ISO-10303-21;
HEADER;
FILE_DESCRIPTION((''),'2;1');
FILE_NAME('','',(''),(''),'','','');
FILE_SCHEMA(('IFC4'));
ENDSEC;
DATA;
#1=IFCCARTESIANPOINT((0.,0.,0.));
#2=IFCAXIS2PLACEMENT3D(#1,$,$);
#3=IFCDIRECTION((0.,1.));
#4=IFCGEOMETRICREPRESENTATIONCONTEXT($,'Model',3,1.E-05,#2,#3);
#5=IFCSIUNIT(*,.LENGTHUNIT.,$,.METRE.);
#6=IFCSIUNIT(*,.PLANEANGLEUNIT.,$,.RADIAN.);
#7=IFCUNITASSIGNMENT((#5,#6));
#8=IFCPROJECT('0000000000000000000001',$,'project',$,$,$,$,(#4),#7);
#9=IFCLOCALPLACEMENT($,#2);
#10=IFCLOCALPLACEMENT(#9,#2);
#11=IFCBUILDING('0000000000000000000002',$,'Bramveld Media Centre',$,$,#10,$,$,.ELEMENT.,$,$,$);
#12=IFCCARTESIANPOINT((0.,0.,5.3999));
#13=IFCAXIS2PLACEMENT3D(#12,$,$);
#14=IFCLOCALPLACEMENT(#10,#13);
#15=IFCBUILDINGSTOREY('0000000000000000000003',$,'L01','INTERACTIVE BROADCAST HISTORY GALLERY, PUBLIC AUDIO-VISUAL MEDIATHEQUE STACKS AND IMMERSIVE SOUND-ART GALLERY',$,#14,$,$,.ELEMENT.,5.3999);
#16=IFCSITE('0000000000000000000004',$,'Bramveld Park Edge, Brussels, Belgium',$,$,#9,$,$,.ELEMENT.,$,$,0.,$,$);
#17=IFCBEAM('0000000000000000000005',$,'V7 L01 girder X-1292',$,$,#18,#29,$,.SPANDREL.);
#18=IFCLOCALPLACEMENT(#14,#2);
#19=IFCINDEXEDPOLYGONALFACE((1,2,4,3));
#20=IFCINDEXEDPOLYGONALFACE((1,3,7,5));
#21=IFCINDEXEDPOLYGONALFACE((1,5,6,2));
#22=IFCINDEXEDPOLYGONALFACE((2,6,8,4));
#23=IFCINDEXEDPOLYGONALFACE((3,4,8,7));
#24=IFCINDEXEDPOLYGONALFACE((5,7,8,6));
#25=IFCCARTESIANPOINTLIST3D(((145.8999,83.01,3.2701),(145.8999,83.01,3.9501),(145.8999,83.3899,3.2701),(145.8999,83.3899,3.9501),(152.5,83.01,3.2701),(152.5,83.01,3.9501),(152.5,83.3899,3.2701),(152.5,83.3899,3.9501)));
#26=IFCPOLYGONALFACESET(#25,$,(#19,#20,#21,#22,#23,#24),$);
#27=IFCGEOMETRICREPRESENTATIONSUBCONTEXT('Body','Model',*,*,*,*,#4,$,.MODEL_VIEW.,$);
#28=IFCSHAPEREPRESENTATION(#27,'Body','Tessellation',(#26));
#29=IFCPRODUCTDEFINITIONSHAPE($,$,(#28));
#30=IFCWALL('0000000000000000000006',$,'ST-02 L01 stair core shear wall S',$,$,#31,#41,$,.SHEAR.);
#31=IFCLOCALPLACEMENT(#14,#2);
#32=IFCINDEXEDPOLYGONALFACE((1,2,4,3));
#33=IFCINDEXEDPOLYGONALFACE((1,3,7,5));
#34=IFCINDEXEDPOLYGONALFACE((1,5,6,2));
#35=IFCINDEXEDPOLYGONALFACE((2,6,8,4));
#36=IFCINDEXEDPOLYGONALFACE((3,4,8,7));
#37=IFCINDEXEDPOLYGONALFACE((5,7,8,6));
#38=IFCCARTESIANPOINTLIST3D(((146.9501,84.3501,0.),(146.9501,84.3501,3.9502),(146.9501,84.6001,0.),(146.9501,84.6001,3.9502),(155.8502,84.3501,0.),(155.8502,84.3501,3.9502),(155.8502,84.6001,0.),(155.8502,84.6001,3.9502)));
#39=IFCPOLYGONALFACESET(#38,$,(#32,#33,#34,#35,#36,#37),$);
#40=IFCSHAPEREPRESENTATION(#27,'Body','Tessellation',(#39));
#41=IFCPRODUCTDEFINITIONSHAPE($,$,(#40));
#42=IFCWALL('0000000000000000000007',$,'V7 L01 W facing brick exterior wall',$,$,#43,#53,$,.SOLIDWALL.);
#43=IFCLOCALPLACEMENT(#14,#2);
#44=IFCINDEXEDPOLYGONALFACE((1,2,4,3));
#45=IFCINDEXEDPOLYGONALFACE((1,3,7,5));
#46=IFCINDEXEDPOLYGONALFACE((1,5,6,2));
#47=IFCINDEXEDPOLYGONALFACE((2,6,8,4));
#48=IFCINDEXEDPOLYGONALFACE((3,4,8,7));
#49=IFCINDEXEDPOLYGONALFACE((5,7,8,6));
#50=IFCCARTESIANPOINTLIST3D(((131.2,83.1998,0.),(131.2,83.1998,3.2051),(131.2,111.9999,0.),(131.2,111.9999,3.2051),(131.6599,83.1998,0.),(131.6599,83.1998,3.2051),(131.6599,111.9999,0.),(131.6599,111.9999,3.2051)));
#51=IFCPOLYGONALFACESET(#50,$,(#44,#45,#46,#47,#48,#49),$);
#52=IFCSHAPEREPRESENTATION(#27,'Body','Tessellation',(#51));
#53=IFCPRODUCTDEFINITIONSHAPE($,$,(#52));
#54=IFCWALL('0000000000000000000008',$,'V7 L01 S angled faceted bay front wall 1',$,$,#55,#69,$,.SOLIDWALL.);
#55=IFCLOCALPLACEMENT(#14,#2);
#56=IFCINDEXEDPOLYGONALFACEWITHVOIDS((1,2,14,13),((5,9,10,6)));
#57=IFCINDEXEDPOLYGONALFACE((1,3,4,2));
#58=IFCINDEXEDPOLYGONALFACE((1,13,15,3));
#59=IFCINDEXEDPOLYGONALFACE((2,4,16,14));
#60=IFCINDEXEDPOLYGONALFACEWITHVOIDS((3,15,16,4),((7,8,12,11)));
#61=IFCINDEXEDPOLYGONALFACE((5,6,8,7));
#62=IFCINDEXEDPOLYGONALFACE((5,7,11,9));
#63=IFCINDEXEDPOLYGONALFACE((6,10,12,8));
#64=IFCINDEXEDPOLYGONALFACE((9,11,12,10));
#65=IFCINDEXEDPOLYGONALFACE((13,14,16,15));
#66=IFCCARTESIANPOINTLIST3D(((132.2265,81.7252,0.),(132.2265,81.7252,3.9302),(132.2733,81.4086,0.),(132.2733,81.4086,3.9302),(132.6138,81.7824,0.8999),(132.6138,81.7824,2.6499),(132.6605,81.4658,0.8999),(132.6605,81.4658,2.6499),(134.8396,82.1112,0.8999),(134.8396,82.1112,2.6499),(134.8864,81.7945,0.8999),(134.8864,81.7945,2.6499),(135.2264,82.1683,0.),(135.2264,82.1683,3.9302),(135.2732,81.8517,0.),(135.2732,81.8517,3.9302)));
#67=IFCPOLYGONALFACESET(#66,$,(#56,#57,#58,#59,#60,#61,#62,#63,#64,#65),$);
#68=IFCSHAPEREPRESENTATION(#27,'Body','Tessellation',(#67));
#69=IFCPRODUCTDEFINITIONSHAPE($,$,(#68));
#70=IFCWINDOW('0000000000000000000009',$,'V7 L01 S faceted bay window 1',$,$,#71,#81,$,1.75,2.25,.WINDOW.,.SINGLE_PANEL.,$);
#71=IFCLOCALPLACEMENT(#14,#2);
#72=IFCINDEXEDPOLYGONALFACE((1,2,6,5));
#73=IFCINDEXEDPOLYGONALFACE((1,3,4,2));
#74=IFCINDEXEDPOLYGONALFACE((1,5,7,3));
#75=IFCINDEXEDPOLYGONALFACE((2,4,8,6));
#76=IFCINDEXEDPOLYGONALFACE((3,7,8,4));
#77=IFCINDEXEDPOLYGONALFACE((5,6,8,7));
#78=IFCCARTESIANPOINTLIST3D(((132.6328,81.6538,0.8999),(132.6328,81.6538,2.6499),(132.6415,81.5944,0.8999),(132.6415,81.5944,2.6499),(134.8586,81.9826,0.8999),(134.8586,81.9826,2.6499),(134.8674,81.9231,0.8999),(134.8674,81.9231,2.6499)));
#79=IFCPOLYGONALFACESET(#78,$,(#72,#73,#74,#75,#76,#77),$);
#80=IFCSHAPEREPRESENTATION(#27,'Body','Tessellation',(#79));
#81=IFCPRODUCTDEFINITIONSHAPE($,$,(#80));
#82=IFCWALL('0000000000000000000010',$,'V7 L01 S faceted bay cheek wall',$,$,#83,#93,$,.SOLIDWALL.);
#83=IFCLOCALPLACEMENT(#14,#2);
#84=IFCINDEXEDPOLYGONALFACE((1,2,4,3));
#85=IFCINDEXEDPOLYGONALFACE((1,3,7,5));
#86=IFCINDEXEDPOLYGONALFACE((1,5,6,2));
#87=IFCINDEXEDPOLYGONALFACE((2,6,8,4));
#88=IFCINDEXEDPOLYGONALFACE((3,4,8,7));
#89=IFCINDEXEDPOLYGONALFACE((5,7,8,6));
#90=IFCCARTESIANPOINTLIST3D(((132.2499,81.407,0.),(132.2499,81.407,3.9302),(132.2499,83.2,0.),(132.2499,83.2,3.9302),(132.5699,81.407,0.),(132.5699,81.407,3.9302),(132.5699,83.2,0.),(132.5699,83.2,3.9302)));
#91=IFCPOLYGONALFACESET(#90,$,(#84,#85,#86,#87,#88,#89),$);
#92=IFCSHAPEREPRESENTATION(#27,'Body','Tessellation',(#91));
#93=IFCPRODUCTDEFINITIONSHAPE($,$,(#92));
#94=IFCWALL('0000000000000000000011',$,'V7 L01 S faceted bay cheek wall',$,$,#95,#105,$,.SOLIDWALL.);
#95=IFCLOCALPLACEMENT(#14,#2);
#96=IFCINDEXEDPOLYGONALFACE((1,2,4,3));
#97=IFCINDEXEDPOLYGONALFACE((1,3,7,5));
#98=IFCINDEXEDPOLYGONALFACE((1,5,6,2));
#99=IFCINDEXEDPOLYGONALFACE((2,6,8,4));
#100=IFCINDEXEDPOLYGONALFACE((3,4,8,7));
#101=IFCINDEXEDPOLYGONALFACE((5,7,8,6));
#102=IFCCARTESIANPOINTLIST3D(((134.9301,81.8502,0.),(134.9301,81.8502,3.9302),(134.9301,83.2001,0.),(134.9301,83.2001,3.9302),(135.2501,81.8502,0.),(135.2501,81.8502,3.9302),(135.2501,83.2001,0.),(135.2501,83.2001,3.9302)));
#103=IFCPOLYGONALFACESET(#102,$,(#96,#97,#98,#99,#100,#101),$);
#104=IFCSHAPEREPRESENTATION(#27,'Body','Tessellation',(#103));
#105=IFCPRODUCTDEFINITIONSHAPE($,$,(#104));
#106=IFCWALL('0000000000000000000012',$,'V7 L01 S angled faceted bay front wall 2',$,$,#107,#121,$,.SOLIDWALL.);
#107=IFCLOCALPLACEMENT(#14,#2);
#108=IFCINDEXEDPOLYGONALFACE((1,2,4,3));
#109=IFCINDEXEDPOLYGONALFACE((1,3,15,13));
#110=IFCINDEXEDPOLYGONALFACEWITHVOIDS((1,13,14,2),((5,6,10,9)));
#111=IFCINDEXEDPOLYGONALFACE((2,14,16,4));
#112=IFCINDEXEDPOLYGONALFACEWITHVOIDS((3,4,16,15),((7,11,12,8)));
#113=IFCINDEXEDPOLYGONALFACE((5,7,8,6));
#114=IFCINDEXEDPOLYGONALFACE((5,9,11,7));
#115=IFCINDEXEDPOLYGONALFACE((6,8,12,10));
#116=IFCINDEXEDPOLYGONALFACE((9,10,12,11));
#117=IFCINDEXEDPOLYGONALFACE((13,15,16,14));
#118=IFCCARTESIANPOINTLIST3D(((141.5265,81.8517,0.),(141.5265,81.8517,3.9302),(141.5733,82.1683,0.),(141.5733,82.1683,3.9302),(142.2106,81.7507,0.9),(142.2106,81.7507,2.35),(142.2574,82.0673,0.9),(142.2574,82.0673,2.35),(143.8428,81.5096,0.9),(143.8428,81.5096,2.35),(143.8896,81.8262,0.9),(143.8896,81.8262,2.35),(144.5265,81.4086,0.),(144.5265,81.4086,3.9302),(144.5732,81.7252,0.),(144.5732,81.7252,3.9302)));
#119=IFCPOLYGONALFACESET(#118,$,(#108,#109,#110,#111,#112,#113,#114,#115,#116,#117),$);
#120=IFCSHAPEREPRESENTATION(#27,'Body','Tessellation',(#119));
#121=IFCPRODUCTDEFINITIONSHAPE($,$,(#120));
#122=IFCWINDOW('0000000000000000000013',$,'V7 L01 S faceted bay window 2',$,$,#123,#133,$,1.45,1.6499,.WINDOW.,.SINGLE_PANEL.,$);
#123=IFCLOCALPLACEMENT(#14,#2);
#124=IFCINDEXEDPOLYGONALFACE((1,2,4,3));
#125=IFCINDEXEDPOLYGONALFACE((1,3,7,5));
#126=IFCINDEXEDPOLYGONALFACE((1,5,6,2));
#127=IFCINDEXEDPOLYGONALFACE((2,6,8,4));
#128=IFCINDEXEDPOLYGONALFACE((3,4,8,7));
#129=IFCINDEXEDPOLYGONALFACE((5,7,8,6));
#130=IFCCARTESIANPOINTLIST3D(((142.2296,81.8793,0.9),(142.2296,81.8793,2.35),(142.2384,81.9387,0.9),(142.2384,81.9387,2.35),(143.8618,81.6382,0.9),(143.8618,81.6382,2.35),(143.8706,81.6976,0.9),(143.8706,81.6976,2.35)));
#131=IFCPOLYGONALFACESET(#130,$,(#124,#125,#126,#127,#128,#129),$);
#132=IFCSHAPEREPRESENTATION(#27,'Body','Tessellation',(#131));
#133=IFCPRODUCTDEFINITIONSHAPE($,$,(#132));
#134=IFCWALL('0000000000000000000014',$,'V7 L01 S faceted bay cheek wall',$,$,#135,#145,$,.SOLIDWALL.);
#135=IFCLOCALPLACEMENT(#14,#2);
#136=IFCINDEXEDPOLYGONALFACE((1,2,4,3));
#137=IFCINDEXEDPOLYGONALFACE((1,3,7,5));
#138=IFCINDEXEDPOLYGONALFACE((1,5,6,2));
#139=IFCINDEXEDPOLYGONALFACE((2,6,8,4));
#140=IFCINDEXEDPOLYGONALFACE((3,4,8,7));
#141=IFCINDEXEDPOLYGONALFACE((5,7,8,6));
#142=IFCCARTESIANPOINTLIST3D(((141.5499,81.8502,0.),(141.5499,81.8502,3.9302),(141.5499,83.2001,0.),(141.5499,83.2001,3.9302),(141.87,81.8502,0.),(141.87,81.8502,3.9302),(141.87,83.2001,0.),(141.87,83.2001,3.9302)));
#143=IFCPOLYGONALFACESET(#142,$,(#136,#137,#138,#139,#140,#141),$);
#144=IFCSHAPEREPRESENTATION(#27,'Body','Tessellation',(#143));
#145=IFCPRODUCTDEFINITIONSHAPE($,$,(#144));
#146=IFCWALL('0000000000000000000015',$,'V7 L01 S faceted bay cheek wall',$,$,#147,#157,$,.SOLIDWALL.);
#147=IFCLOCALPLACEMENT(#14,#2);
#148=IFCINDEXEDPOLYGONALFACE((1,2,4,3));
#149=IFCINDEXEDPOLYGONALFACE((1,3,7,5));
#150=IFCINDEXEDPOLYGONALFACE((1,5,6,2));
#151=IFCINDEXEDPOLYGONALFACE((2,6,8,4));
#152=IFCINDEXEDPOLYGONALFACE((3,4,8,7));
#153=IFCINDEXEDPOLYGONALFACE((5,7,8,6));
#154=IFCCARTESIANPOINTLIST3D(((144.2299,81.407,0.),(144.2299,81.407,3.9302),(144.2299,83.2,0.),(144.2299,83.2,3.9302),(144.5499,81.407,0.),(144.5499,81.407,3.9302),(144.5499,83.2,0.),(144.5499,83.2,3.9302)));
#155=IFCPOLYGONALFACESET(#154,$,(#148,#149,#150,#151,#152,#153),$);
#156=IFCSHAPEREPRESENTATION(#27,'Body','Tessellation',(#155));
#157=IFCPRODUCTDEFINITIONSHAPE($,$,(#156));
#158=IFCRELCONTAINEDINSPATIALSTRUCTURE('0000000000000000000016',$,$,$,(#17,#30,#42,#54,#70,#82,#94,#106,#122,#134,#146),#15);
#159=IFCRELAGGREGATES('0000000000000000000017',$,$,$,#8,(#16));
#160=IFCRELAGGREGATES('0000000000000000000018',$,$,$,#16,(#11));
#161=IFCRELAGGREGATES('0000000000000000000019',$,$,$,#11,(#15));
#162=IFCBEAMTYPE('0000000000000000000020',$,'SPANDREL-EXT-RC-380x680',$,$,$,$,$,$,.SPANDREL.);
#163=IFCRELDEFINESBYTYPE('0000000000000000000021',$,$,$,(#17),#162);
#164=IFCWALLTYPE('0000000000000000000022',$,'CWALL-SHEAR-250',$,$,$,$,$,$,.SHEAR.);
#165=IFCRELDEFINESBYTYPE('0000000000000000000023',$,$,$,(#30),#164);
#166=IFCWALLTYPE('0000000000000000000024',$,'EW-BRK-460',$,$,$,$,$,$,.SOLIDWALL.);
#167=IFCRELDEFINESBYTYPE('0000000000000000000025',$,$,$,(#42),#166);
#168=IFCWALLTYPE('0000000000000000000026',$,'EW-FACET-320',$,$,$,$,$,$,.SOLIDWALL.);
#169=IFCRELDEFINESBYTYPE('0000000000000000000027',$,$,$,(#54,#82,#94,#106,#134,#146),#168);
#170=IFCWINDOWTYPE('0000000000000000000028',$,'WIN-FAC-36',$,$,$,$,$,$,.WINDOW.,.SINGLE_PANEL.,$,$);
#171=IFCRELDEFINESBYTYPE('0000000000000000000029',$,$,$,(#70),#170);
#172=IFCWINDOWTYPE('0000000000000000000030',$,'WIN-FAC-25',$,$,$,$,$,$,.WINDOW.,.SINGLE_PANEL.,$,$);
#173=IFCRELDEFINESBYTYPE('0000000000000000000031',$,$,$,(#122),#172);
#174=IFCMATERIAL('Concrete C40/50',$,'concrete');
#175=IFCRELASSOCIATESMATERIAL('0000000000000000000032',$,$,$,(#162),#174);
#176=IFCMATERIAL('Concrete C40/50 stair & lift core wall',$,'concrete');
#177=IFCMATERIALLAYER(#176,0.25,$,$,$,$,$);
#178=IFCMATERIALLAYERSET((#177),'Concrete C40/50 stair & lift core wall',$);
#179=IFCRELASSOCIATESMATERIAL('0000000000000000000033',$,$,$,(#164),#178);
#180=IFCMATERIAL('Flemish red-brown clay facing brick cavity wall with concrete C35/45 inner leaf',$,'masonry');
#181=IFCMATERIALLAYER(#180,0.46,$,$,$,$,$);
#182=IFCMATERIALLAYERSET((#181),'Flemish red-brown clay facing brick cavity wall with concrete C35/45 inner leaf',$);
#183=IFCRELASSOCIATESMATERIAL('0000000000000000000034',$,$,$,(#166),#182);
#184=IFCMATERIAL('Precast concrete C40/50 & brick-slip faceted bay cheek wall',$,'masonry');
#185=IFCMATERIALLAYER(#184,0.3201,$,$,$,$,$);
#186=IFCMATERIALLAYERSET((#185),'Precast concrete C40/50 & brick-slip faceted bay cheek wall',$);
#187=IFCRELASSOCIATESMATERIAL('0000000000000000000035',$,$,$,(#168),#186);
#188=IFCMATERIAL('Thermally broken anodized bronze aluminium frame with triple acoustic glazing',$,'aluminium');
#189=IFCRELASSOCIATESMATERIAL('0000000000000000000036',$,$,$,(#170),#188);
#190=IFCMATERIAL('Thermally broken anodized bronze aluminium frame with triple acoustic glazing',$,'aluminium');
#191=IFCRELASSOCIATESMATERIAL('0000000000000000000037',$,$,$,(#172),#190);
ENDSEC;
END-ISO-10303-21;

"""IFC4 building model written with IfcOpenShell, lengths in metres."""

from ifc_helpers import new_model, si_unit, direction, frame, frame_2d, origin, origin_2d, place, context, subcontext, project, spatial, rectangle, extrude, material, layer, layer_set, material_profile, profile_set, type_object, element, fill, save


model = new_model("IFC4")

# Units and contexts
model_context = context("Model", 3, precision=1e-05, world=origin(), true_north=direction((0.0, 1.0)))
body_context = subcontext(model_context, "Body", "Model", "MODEL_VIEW")
ifc_project = project(units=[si_unit("LENGTHUNIT", "METRE"), si_unit("PLANEANGLEUNIT", "RADIAN")], contexts=[model_context])

# Site, building, storey
site_placement = place(None, origin())
site = spatial("IfcSite", under=ifc_project, at=site_placement, Name="Bramveld Park Edge, Brussels, Belgium", CompositionType="ELEMENT", RefElevation=0.0)
building_placement = place(site_placement, origin())
building = spatial("IfcBuilding", under=site, at=building_placement, Name="Bramveld Media Centre", CompositionType="ELEMENT")
storey_placement = place(building_placement, frame((0.0, 0.0, 5.3999)))
storey = spatial("IfcBuildingStorey", under=building, at=storey_placement, Name="L01", Description="INTERACTIVE BROADCAST HISTORY GALLERY, PUBLIC AUDIO-VISUAL MEDIATHEQUE STACKS AND IMMERSIVE SOUND-ART GALLERY", CompositionType="ELEMENT", Elevation=5.3999)

# Beam
ifc_material_1 = material(Name="Concrete C40/50", Category="concrete")
ifc_material_profile_1 = material_profile(ifc_material_1, rectangle(XDim=0.3799, YDim=0.6799, at=origin_2d()), Name="RC 380x680")
ifc_profile_set_1 = profile_set([ifc_material_profile_1], Name="Concrete C40/50")
beam_type_1 = type_object("IfcBeamType", Name="SPANDREL-EXT-RC-380x680", PredefinedType="SPANDREL", material=ifc_profile_set_1)
for number, where, z_axis, x_axis, name in (
    (1, (145.8999, 83.2, 3.6101), (1.0, 0.0, 0.0), (0.0, 1.0, 0.0), "V7 L01 girder X-1292"),
):
    element("IfcBeam", number, at=place(storey_placement, frame(where, z_axis=z_axis, x_axis=x_axis)), inside=storey, type_object=beam_type_1, Name=name, PredefinedType="SPANDREL", context=body_context, shape_type="SweptSolid", body=[
        extrude(rectangle(XDim=0.3799, YDim=0.6799, at=origin_2d()), origin(), (0.0, 0.0, 1.0), 6.6001),
    ])

# Wall
ifc_material_2 = material(Name="Concrete C40/50 stair & lift core wall", Category="concrete")
ifc_layer_1 = layer(ifc_material_2, 0.25)
ifc_layer_set_1 = layer_set([ifc_layer_1], Name="Concrete C40/50 stair & lift core wall")
wall_type_1 = type_object("IfcWallType", Name="CWALL-SHEAR-250", PredefinedType="SHEAR", material=ifc_layer_set_1)
wall_1_placement = place(storey_placement, frame((146.95, 84.4751, 0.0), z_axis=(0.0, 0.0, 1.0), x_axis=(1.0, 0.0, 0.0)))
element("IfcWall", 2, at=wall_1_placement, inside=storey, type_object=wall_type_1, Name="ST-02 L01 stair core shear wall S", PredefinedType="SHEAR", context=body_context, shape_type="SweptSolid", body=[
    extrude(rectangle(XDim=8.9001, YDim=0.25, at=frame_2d((4.4502, 0.0))), origin(), (0.0, 0.0, 1.0), 3.9502),
])

# Wall
ifc_material_3 = material(Name="Flemish red-brown clay facing brick cavity wall with concrete C35/45 inner leaf", Category="masonry")
ifc_layer_2 = layer(ifc_material_3, 0.46)
ifc_layer_set_2 = layer_set([ifc_layer_2], Name="Flemish red-brown clay facing brick cavity wall with concrete C35/45 inner leaf")
wall_type_2 = type_object("IfcWallType", Name="EW-BRK-460", PredefinedType="SOLIDWALL", material=ifc_layer_set_2)
wall_2_placement = place(storey_placement, frame((131.4299, 83.2, 0.0), z_axis=(0.0, 0.0, 1.0), x_axis=(0.0, 1.0, 0.0)))
element("IfcWall", 3, at=wall_2_placement, inside=storey, type_object=wall_type_2, Name="V7 L01 W facing brick exterior wall", PredefinedType="SOLIDWALL", context=body_context, shape_type="SweptSolid", body=[
    extrude(rectangle(XDim=28.8, YDim=0.46, at=frame_2d((14.3999, 0.0))), origin(), (0.0, 0.0, 1.0), 3.2051),
])

# Wall, opening, window
ifc_material_4 = material(Name="Precast concrete C40/50 & brick-slip faceted bay cheek wall", Category="masonry")
ifc_layer_3 = layer(ifc_material_4, 0.3201)
ifc_layer_set_3 = layer_set([ifc_layer_3], Name="Precast concrete C40/50 & brick-slip faceted bay cheek wall")
wall_type_3 = type_object("IfcWallType", Name="EW-FACET-320", PredefinedType="SOLIDWALL", material=ifc_layer_set_3)
wall_3_placement = place(storey_placement, frame((132.25, 81.5669, 0.0), z_axis=(0.0, 0.0, 1.0), x_axis=(0.989267, 0.14612, 0.0)))
wall_3 = element("IfcWall", 4, at=wall_3_placement, inside=storey, type_object=wall_type_3, Name="V7 L01 S angled faceted bay front wall 1", PredefinedType="SOLIDWALL", context=body_context, shape_type="SweptSolid", body=[
    extrude(rectangle(XDim=3.0325, YDim=0.3201, at=frame_2d((1.5161, 0.0))), origin(), (0.0, 0.0, 1.0), 3.9302),
])
opening_1_placement = place(wall_3_placement, frame((0.3914, 0.0, 0.8999)))
opening_1 = element("IfcOpeningElement", 5, at=opening_1_placement, cuts=wall_3, PredefinedType="OPENING", context=body_context, shape_type="SweptSolid", body=[
    extrude(rectangle(XDim=2.25, YDim=1.75, at=frame_2d((1.125, 0.875))), frame((0.0, 0.1719, 0.0), z_axis=(0.0, -1.0, 0.0), x_axis=(1.0, 0.0, 0.0)), (0.0, 0.0, 1.0), 0.344),
])
ifc_material_5 = material(Name="Thermally broken anodized bronze aluminium frame with triple acoustic glazing", Category="aluminium")
window_type_1 = type_object("IfcWindowType", Name="WIN-FAC-36", PartitioningType="SINGLE_PANEL", PredefinedType="WINDOW", material=ifc_material_5)
window_1_placement = place(opening_1_placement, origin())
window_1 = element("IfcWindow", 6, at=window_1_placement, inside=storey, type_object=window_type_1, Name="V7 L01 S faceted bay window 1", OverallHeight=1.75, OverallWidth=2.25, PartitioningType="SINGLE_PANEL", PredefinedType="WINDOW", context=body_context, shape_type="SweptSolid", body=[
    extrude(rectangle(XDim=2.25, YDim=1.75, at=frame_2d((1.125, 0.875))), frame((0.0, 0.03, 0.0), z_axis=(0.0, -1.0, 0.0), x_axis=(1.0, 0.0, 0.0)), (0.0, 0.0, 1.0), 0.0601),
])
fill(opening_1, window_1)

# Walls
wall_4_placement = place(storey_placement, frame((132.4099, 83.2, 0.0), z_axis=(0.0, 0.0, 1.0), x_axis=(0.0, -1.0, 0.0)))
element("IfcWall", 7, at=wall_4_placement, inside=storey, type_object=wall_type_3, Name="V7 L01 S faceted bay cheek wall", PredefinedType="SOLIDWALL", context=body_context, shape_type="SweptSolid", body=[
    extrude(rectangle(XDim=1.793, YDim=0.3201, at=frame_2d((0.8965, 0.0))), origin(), (0.0, 0.0, 1.0), 3.9302),
])
wall_5_placement = place(storey_placement, frame((135.0901, 83.2, 0.0), z_axis=(0.0, 0.0, 1.0), x_axis=(0.0, -1.0, 0.0)))
element("IfcWall", 8, at=wall_5_placement, inside=storey, type_object=wall_type_3, Name="V7 L01 S faceted bay cheek wall", PredefinedType="SOLIDWALL", context=body_context, shape_type="SweptSolid", body=[
    extrude(rectangle(XDim=1.3499, YDim=0.3201, at=frame_2d((0.6748, 0.0))), origin(), (0.0, 0.0, 1.0), 3.9302),
])

# Wall, opening, window
wall_6_placement = place(storey_placement, frame((141.55, 82.01, 0.0), z_axis=(0.0, 0.0, 1.0), x_axis=(0.989267, -0.14612, 0.0)))
wall_6 = element("IfcWall", 9, at=wall_6_placement, inside=storey, type_object=wall_type_3, Name="V7 L01 S angled faceted bay front wall 2", PredefinedType="SOLIDWALL", context=body_context, shape_type="SweptSolid", body=[
    extrude(rectangle(XDim=3.0325, YDim=0.3201, at=frame_2d((1.5161, 0.0))), origin(), (0.0, 0.0, 1.0), 3.9302),
])
opening_2_placement = place(wall_6_placement, frame((0.6914, 0.0, 0.8999)))
opening_2 = element("IfcOpeningElement", 10, at=opening_2_placement, cuts=wall_6, PredefinedType="OPENING", context=body_context, shape_type="SweptSolid", body=[
    extrude(rectangle(XDim=1.6499, YDim=1.45, at=frame_2d((0.825, 0.7251))), frame((0.0, 0.1719, 0.0), z_axis=(0.0, -1.0, 0.0), x_axis=(1.0, 0.0, 0.0)), (0.0, 0.0, 1.0), 0.344),
])
ifc_material_6 = material(Name="Thermally broken anodized bronze aluminium frame with triple acoustic glazing", Category="aluminium")
window_type_2 = type_object("IfcWindowType", Name="WIN-FAC-25", PartitioningType="SINGLE_PANEL", PredefinedType="WINDOW", material=ifc_material_6)
window_2_placement = place(opening_2_placement, origin())
window_2 = element("IfcWindow", 11, at=window_2_placement, inside=storey, type_object=window_type_2, Name="V7 L01 S faceted bay window 2", OverallHeight=1.45, OverallWidth=1.6499, PartitioningType="SINGLE_PANEL", PredefinedType="WINDOW", context=body_context, shape_type="SweptSolid", body=[
    extrude(rectangle(XDim=1.6499, YDim=1.45, at=frame_2d((0.825, 0.7251))), frame((0.0, 0.03, 0.0), z_axis=(0.0, -1.0, 0.0), x_axis=(1.0, 0.0, 0.0)), (0.0, 0.0, 1.0), 0.0601),
])
fill(opening_2, window_2)

# Walls
wall_7_placement = place(storey_placement, frame((141.71, 83.2, 0.0), z_axis=(0.0, 0.0, 1.0), x_axis=(0.0, -1.0, 0.0)))
element("IfcWall", 12, at=wall_7_placement, inside=storey, type_object=wall_type_3, Name="V7 L01 S faceted bay cheek wall", PredefinedType="SOLIDWALL", context=body_context, shape_type="SweptSolid", body=[
    extrude(rectangle(XDim=1.3499, YDim=0.3201, at=frame_2d((0.6748, 0.0))), origin(), (0.0, 0.0, 1.0), 3.9302),
])
wall_8_placement = place(storey_placement, frame((144.3899, 83.2, 0.0), z_axis=(0.0, 0.0, 1.0), x_axis=(0.0, -1.0, 0.0)))
element("IfcWall", 13, at=wall_8_placement, inside=storey, type_object=wall_type_3, Name="V7 L01 S faceted bay cheek wall", PredefinedType="SOLIDWALL", context=body_context, shape_type="SweptSolid", body=[
    extrude(rectangle(XDim=1.793, YDim=0.3201, at=frame_2d((0.8965, 0.0))), origin(), (0.0, 0.0, 1.0), 3.9302),
])

save(model, "model.ifc")
